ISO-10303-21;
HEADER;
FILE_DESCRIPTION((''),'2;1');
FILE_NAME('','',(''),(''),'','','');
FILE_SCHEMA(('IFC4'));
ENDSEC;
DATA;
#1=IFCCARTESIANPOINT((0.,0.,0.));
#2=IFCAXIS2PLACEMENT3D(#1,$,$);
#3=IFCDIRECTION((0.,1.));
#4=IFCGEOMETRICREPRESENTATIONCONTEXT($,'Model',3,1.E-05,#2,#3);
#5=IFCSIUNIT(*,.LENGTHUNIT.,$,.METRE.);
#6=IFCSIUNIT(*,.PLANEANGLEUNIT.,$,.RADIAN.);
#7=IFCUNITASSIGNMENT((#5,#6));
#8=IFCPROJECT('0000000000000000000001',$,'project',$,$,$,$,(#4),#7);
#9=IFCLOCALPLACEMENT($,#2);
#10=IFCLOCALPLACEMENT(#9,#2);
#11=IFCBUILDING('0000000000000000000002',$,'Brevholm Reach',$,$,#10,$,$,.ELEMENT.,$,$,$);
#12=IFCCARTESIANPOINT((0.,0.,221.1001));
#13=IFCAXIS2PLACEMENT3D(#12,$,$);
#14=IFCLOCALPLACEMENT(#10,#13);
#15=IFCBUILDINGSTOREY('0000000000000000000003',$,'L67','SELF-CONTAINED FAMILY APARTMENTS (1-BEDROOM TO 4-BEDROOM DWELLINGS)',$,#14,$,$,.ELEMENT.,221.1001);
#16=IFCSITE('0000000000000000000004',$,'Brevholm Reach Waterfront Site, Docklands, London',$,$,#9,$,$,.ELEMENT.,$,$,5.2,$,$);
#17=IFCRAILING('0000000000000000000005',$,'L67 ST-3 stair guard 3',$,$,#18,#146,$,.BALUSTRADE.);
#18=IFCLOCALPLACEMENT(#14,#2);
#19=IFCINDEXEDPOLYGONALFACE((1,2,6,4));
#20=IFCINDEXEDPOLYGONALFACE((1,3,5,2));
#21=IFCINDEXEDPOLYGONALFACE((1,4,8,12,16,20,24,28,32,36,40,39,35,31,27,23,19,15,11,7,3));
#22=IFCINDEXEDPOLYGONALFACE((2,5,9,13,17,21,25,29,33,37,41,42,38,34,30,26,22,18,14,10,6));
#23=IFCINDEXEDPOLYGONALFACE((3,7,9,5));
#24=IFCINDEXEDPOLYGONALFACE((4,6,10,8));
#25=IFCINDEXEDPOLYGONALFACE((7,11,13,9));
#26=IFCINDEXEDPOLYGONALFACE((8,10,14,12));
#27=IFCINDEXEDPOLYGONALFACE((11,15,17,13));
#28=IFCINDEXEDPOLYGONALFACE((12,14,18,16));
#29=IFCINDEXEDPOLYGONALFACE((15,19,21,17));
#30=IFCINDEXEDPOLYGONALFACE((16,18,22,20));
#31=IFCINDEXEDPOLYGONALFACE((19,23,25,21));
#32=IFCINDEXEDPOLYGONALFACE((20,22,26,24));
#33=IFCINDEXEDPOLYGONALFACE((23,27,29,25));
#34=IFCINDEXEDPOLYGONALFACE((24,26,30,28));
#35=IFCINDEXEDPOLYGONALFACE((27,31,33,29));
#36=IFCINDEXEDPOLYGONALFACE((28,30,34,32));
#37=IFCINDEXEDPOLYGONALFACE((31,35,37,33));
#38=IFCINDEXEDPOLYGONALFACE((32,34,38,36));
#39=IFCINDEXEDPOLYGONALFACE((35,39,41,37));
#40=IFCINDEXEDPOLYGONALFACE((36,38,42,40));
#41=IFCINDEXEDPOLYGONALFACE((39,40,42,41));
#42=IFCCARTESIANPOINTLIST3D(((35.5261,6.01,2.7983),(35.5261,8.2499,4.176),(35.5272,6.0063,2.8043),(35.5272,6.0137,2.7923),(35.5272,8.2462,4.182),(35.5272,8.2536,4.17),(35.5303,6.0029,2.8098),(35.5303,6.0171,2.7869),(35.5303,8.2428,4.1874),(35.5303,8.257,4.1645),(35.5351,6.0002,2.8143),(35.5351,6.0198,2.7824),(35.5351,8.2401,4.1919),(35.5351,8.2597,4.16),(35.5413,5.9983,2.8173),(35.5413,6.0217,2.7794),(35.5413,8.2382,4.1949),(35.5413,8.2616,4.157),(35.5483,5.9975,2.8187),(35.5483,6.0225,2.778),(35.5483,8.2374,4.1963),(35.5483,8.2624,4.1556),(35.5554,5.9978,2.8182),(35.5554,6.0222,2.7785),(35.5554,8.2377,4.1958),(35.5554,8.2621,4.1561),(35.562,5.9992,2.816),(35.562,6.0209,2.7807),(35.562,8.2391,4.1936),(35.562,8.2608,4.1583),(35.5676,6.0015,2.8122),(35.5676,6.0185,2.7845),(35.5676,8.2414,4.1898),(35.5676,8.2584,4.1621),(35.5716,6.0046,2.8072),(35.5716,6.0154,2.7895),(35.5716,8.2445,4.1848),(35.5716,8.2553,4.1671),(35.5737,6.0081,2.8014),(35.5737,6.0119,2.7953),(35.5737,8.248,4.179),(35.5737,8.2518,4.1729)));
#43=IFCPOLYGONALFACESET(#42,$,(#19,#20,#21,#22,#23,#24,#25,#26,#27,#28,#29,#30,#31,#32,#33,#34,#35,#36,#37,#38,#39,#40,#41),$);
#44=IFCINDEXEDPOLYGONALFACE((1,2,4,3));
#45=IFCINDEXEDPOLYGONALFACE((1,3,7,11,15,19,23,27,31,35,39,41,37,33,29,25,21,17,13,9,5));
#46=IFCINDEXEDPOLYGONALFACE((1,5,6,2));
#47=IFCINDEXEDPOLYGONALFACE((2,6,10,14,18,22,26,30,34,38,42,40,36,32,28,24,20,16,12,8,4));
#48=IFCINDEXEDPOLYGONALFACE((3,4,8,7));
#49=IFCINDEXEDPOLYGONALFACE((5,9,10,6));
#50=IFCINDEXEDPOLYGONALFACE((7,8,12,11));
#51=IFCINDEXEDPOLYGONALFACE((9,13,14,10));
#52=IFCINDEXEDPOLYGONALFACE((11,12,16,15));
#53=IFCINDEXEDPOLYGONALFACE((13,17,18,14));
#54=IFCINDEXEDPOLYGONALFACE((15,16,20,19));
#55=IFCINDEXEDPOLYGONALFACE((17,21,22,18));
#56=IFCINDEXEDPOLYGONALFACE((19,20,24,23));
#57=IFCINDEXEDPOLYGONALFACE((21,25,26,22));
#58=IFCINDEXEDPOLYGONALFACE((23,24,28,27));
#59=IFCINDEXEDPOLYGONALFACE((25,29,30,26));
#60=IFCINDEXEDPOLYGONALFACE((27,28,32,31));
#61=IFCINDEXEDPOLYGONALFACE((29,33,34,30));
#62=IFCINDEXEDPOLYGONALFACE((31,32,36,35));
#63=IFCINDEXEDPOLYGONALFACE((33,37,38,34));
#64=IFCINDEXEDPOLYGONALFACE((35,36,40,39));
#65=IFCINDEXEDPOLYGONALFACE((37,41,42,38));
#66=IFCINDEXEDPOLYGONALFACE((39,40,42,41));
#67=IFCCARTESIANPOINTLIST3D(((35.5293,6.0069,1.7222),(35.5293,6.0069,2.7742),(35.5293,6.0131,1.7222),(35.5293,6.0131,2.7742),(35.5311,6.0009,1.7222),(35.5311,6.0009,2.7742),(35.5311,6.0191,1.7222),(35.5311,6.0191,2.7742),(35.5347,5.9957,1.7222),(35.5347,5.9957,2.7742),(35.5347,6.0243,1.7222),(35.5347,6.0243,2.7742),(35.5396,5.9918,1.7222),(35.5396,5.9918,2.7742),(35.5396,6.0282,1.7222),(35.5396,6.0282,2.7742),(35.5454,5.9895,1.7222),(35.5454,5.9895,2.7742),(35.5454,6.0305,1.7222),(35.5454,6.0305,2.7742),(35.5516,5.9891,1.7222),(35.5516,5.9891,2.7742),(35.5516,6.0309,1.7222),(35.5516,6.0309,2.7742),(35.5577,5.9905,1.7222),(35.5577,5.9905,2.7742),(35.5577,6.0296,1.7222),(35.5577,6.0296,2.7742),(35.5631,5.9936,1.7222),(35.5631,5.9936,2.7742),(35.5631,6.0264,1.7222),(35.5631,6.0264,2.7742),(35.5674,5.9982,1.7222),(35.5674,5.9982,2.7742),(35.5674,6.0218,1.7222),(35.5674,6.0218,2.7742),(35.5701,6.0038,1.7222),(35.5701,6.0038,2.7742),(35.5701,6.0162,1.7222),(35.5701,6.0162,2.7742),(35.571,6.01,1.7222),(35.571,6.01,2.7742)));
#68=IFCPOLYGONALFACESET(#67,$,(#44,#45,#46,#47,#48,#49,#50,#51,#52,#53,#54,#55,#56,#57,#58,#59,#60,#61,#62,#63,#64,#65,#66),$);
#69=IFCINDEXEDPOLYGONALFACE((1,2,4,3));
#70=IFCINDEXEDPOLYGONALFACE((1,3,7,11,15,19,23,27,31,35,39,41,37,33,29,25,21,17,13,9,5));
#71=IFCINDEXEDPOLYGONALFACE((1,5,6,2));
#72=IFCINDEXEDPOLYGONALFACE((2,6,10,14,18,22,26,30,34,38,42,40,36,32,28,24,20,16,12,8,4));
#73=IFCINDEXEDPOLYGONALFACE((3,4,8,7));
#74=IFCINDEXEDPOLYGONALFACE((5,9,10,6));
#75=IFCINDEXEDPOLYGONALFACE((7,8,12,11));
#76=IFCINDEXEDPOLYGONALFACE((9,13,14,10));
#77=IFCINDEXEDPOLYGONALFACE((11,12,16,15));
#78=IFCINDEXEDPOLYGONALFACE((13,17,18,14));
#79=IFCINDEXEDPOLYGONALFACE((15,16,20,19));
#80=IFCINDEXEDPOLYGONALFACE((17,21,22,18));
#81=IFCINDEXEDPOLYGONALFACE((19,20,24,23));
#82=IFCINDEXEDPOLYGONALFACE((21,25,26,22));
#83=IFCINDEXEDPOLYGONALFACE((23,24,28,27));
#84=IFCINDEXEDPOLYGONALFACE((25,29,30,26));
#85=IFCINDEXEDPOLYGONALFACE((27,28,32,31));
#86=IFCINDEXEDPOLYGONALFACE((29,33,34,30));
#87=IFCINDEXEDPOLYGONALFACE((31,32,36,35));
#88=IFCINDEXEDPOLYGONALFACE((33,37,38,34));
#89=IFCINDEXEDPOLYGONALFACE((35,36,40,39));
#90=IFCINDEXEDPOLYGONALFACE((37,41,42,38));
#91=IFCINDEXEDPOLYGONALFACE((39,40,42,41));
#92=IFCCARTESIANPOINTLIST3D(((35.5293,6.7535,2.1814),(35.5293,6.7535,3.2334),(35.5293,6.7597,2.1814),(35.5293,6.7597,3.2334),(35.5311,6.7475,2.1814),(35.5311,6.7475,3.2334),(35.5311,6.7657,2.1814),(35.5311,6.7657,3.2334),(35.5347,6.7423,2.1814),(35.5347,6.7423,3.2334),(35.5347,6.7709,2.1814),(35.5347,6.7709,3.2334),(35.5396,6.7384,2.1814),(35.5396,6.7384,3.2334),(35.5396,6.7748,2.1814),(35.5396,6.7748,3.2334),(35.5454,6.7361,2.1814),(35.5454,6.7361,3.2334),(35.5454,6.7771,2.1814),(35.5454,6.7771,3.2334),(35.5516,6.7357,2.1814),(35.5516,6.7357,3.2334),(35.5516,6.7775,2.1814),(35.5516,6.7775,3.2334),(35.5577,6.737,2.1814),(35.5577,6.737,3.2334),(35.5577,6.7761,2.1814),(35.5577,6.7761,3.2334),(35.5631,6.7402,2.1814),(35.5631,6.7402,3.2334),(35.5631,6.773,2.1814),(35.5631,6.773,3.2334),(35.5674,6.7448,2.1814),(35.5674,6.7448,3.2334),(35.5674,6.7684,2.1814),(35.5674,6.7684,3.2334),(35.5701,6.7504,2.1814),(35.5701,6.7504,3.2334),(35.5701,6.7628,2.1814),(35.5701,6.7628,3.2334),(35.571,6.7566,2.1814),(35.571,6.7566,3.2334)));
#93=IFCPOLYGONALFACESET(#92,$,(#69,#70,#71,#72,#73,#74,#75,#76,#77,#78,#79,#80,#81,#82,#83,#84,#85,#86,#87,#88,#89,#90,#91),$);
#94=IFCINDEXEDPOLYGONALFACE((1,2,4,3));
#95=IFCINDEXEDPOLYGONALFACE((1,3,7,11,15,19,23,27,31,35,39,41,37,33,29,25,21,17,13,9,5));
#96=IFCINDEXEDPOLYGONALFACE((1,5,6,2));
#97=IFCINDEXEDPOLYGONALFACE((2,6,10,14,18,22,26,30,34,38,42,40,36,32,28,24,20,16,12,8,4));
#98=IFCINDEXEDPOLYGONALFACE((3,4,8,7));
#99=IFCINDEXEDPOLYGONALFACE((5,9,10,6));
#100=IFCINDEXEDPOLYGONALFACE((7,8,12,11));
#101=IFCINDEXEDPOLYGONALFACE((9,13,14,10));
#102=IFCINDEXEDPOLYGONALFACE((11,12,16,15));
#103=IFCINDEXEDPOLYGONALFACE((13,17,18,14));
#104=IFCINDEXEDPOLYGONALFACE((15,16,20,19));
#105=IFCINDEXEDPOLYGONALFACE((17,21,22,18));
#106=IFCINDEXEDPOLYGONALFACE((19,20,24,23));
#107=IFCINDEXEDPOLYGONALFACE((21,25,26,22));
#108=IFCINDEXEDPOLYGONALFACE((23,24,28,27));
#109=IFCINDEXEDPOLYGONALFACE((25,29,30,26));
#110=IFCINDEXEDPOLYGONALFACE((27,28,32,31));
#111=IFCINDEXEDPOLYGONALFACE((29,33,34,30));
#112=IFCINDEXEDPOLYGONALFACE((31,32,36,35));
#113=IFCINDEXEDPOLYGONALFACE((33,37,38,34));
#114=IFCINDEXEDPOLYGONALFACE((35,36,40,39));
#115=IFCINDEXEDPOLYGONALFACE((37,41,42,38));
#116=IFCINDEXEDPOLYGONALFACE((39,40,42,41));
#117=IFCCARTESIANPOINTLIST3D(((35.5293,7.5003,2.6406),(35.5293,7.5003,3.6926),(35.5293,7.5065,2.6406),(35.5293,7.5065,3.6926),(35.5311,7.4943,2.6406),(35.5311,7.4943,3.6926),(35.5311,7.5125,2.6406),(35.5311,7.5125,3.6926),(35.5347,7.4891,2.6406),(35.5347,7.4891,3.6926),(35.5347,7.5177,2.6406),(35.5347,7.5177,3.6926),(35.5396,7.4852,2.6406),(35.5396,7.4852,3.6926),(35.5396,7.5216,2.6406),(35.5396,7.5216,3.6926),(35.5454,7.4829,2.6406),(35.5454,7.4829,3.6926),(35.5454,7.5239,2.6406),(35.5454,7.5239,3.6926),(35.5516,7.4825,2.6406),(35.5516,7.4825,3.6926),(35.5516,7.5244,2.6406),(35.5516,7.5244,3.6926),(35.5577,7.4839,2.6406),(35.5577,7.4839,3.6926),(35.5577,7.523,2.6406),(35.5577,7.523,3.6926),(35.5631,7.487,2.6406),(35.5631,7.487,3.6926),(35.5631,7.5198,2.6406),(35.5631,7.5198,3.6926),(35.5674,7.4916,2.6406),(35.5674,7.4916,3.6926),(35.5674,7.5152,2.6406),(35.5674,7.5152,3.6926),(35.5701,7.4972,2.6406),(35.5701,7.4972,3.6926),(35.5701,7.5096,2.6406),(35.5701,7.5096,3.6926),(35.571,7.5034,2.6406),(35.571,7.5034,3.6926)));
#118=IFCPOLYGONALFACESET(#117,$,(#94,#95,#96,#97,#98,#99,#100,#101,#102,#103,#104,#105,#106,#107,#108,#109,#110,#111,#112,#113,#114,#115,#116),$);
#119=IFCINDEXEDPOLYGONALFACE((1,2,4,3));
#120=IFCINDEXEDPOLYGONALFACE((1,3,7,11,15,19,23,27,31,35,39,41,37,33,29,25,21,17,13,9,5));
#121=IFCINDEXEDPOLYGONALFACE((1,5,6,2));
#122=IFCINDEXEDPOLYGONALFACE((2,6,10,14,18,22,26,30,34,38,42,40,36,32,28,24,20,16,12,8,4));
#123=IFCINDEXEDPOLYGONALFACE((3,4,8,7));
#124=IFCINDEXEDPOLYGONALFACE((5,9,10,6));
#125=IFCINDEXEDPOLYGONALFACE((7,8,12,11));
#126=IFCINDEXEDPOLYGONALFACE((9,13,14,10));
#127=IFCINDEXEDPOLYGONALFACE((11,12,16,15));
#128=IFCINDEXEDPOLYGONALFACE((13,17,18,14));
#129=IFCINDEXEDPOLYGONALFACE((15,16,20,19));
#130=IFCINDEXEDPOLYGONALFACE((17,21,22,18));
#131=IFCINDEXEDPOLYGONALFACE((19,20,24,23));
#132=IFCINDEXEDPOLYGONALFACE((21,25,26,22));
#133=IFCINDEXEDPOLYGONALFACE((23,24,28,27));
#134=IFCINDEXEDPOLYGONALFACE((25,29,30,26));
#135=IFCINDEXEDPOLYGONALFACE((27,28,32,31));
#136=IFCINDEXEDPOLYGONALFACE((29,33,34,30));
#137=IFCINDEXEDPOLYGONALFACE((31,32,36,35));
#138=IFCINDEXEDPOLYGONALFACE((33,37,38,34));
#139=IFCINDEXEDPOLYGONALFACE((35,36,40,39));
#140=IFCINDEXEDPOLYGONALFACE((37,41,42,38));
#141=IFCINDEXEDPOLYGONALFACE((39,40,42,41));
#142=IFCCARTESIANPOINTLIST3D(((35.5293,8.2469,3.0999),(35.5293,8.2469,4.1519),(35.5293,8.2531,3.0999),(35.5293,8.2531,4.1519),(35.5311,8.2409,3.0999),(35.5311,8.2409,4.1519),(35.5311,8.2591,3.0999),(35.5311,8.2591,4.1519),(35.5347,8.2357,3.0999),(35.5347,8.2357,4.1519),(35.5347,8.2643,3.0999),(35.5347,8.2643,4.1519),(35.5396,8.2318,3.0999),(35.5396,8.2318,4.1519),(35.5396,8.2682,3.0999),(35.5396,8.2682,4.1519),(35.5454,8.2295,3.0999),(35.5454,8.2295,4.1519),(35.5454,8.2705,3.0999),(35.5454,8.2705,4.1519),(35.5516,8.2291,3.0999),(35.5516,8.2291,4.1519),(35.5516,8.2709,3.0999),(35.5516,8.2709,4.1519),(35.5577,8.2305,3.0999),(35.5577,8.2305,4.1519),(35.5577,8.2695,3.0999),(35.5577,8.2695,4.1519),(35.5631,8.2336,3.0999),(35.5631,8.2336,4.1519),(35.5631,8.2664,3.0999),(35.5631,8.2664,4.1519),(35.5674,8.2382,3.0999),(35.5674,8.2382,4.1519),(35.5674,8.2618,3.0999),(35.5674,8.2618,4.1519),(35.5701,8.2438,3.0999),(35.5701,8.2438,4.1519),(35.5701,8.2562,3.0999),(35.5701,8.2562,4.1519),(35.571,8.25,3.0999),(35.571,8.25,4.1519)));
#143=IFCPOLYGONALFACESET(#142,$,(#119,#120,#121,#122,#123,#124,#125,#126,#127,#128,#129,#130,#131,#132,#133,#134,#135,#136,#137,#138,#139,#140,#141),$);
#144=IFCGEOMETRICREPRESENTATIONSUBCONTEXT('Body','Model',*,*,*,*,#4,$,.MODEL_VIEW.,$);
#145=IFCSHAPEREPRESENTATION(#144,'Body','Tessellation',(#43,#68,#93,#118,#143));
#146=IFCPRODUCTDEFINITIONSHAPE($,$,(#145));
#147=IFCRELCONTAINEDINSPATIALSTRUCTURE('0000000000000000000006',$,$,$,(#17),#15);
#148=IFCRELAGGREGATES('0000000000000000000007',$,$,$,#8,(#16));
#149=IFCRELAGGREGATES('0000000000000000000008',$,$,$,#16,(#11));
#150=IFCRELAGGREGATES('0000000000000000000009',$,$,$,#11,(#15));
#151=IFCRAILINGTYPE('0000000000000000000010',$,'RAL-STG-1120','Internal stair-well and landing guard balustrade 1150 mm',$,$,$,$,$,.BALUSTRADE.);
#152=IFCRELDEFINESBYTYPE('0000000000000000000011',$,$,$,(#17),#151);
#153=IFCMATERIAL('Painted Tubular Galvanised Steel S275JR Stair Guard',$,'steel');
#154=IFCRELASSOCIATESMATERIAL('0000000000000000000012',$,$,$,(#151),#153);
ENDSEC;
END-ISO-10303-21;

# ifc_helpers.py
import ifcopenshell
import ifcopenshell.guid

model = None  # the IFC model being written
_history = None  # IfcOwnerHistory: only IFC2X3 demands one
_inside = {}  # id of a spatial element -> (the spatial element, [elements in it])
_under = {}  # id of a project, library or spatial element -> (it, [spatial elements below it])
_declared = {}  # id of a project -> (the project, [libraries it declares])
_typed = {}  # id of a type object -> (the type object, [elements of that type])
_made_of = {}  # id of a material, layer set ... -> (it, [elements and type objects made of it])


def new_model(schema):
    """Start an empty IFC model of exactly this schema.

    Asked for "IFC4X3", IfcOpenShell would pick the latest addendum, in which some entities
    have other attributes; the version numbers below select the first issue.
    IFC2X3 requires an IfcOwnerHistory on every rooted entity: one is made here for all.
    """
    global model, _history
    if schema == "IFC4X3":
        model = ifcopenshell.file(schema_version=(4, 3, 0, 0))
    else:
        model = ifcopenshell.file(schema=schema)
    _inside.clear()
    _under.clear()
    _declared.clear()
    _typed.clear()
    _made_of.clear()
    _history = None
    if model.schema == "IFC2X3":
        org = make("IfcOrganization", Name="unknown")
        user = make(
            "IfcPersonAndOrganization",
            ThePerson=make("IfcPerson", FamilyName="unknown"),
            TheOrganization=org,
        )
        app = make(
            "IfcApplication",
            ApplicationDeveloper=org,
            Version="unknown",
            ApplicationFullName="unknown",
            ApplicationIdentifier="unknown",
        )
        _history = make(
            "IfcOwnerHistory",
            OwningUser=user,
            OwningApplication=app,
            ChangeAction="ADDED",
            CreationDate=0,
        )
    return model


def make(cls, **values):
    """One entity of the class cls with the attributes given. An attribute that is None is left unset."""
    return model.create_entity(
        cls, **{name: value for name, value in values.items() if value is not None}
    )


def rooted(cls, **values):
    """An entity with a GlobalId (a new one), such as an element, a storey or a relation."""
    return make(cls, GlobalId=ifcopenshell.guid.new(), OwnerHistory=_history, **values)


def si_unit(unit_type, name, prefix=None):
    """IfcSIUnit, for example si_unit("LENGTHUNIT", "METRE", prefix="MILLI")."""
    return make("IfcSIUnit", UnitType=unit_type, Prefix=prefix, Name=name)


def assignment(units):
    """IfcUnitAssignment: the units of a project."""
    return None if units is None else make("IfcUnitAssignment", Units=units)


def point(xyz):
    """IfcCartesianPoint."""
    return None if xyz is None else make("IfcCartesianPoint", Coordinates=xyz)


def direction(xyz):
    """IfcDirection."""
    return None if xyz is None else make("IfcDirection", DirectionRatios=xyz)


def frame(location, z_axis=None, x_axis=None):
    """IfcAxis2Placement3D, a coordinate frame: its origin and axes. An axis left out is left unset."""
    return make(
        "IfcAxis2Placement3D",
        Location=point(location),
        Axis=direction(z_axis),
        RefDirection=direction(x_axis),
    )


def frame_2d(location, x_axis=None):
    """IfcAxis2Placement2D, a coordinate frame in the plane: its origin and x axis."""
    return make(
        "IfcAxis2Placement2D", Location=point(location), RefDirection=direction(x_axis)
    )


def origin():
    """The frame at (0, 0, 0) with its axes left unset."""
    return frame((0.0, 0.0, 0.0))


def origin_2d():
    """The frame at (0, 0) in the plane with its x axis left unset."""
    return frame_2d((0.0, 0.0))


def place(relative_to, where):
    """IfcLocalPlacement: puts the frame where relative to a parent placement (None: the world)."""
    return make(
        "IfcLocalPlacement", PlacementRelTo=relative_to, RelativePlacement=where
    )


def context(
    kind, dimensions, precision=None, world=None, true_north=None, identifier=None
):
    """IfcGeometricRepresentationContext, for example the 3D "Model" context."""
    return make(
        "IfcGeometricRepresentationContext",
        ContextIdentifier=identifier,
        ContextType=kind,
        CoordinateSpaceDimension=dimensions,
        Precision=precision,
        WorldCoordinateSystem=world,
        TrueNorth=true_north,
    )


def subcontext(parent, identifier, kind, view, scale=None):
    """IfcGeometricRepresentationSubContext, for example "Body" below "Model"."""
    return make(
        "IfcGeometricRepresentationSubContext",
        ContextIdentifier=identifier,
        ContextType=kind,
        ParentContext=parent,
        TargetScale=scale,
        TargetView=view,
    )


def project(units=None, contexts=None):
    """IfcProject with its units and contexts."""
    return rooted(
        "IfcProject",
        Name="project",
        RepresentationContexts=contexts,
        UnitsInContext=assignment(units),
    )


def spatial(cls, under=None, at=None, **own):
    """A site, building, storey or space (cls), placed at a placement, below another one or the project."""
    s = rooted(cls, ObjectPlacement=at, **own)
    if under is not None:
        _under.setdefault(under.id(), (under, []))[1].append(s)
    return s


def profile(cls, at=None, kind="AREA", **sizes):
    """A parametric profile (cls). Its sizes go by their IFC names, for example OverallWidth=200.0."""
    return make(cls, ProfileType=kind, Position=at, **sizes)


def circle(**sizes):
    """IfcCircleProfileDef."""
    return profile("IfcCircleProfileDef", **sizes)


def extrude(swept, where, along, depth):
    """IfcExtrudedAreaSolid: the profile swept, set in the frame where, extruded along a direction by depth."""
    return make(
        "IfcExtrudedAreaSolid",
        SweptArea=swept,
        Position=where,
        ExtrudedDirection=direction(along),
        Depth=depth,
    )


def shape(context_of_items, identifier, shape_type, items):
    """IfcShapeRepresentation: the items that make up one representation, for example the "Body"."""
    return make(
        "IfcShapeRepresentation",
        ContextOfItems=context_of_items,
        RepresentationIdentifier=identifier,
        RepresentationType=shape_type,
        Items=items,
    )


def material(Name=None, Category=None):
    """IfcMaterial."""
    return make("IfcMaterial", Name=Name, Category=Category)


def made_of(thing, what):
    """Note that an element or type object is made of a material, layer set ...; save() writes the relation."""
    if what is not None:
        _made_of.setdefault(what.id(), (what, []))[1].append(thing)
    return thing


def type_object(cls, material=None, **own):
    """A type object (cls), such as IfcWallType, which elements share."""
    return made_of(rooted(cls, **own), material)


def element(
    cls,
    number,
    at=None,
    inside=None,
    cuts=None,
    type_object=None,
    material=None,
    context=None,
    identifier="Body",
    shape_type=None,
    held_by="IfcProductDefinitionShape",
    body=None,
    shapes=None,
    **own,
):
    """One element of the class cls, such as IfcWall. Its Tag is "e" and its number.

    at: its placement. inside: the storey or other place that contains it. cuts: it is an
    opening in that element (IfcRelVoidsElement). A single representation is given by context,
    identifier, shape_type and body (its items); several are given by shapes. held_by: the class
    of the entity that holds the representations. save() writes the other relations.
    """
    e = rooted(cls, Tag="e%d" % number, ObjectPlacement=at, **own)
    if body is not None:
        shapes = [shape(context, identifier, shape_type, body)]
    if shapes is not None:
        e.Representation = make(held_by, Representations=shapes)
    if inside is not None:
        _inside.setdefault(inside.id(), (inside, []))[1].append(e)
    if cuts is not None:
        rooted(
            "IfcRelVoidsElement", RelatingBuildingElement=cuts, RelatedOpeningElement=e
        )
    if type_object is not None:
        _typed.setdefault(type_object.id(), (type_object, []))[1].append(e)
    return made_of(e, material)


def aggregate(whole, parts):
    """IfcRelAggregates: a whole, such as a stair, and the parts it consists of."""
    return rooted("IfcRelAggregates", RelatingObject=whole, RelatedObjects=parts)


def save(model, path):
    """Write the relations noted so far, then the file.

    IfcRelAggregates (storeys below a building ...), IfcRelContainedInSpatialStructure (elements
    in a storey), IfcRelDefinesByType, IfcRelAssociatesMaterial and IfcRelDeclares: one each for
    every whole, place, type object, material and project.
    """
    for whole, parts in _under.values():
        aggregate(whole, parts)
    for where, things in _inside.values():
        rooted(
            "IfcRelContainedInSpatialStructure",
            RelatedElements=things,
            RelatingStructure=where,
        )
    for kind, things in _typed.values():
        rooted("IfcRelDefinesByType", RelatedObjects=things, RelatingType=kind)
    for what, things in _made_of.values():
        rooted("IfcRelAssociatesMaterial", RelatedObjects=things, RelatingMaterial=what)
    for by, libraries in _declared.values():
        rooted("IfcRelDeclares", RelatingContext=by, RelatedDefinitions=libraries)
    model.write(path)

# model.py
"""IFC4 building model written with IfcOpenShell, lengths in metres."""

from ifc_helpers import new_model, si_unit, direction, frame, origin, origin_2d, place, context, subcontext, project, spatial, circle, extrude, material, type_object, element, save


model = new_model("IFC4")

# Units and contexts
model_context = context("Model", 3, precision=1e-05, world=origin(), true_north=direction((0.0, 1.0)))
body_context = subcontext(model_context, "Body", "Model", "MODEL_VIEW")
ifc_project = project(units=[si_unit("LENGTHUNIT", "METRE"), si_unit("PLANEANGLEUNIT", "RADIAN")], contexts=[model_context])

# Site, building, storey
site_placement = place(None, origin())
site = spatial("IfcSite", under=ifc_project, at=site_placement, Name="Brevholm Reach Waterfront Site, Docklands, London", CompositionType="ELEMENT", RefElevation=5.2)
building_placement = place(site_placement, origin())
building = spatial("IfcBuilding", under=site, at=building_placement, Name="Brevholm Reach", CompositionType="ELEMENT")
storey_placement = place(building_placement, frame((0.0, 0.0, 221.1001)))
storey = spatial("IfcBuildingStorey", under=building, at=storey_placement, Name="L67", Description="SELF-CONTAINED FAMILY APARTMENTS (1-BEDROOM TO 4-BEDROOM DWELLINGS)", CompositionType="ELEMENT", Elevation=221.1001)

# Railing
ifc_material_1 = material(Name="Painted Tubular Galvanised Steel S275JR Stair Guard", Category="steel")
railing_type_1 = type_object("IfcRailingType", Name="RAL-STG-1120", Description="Internal stair-well and landing guard balustrade 1150 mm", PredefinedType="BALUSTRADE", material=ifc_material_1)
railing_1_placement = place(storey_placement, frame((35.55, 6.01, 1.7222)))
element("IfcRailing", 1, at=railing_1_placement, inside=storey, type_object=railing_type_1, Name="L67 ST-3 stair guard 3", PredefinedType="BALUSTRADE", context=body_context, shape_type="SweptSolid", body=[
    extrude(circle(Radius=0.0239, at=origin_2d()), frame((0.0, 0.0, 1.0762), z_axis=(0.0, 0.851789, 0.523885), x_axis=(-1.0, 0.0, 0.0)), (0.0, 0.0, 1.0), 2.6296),
    extrude(circle(Radius=0.021, at=origin_2d()), origin(), (0.0, 0.0, 1.0), 1.052),
    extrude(circle(Radius=0.021, at=origin_2d()), frame((0.0, 0.7466, 0.4592)), (0.0, 0.0, 1.0), 1.052),
    extrude(circle(Radius=0.021, at=origin_2d()), frame((0.0, 1.4934, 0.9185)), (0.0, 0.0, 1.0), 1.052),
    extrude(circle(Radius=0.021, at=origin_2d()), frame((0.0, 2.24, 1.3777)), (0.0, 0.0, 1.0), 1.052),
])

save(model, "model.ifc")
